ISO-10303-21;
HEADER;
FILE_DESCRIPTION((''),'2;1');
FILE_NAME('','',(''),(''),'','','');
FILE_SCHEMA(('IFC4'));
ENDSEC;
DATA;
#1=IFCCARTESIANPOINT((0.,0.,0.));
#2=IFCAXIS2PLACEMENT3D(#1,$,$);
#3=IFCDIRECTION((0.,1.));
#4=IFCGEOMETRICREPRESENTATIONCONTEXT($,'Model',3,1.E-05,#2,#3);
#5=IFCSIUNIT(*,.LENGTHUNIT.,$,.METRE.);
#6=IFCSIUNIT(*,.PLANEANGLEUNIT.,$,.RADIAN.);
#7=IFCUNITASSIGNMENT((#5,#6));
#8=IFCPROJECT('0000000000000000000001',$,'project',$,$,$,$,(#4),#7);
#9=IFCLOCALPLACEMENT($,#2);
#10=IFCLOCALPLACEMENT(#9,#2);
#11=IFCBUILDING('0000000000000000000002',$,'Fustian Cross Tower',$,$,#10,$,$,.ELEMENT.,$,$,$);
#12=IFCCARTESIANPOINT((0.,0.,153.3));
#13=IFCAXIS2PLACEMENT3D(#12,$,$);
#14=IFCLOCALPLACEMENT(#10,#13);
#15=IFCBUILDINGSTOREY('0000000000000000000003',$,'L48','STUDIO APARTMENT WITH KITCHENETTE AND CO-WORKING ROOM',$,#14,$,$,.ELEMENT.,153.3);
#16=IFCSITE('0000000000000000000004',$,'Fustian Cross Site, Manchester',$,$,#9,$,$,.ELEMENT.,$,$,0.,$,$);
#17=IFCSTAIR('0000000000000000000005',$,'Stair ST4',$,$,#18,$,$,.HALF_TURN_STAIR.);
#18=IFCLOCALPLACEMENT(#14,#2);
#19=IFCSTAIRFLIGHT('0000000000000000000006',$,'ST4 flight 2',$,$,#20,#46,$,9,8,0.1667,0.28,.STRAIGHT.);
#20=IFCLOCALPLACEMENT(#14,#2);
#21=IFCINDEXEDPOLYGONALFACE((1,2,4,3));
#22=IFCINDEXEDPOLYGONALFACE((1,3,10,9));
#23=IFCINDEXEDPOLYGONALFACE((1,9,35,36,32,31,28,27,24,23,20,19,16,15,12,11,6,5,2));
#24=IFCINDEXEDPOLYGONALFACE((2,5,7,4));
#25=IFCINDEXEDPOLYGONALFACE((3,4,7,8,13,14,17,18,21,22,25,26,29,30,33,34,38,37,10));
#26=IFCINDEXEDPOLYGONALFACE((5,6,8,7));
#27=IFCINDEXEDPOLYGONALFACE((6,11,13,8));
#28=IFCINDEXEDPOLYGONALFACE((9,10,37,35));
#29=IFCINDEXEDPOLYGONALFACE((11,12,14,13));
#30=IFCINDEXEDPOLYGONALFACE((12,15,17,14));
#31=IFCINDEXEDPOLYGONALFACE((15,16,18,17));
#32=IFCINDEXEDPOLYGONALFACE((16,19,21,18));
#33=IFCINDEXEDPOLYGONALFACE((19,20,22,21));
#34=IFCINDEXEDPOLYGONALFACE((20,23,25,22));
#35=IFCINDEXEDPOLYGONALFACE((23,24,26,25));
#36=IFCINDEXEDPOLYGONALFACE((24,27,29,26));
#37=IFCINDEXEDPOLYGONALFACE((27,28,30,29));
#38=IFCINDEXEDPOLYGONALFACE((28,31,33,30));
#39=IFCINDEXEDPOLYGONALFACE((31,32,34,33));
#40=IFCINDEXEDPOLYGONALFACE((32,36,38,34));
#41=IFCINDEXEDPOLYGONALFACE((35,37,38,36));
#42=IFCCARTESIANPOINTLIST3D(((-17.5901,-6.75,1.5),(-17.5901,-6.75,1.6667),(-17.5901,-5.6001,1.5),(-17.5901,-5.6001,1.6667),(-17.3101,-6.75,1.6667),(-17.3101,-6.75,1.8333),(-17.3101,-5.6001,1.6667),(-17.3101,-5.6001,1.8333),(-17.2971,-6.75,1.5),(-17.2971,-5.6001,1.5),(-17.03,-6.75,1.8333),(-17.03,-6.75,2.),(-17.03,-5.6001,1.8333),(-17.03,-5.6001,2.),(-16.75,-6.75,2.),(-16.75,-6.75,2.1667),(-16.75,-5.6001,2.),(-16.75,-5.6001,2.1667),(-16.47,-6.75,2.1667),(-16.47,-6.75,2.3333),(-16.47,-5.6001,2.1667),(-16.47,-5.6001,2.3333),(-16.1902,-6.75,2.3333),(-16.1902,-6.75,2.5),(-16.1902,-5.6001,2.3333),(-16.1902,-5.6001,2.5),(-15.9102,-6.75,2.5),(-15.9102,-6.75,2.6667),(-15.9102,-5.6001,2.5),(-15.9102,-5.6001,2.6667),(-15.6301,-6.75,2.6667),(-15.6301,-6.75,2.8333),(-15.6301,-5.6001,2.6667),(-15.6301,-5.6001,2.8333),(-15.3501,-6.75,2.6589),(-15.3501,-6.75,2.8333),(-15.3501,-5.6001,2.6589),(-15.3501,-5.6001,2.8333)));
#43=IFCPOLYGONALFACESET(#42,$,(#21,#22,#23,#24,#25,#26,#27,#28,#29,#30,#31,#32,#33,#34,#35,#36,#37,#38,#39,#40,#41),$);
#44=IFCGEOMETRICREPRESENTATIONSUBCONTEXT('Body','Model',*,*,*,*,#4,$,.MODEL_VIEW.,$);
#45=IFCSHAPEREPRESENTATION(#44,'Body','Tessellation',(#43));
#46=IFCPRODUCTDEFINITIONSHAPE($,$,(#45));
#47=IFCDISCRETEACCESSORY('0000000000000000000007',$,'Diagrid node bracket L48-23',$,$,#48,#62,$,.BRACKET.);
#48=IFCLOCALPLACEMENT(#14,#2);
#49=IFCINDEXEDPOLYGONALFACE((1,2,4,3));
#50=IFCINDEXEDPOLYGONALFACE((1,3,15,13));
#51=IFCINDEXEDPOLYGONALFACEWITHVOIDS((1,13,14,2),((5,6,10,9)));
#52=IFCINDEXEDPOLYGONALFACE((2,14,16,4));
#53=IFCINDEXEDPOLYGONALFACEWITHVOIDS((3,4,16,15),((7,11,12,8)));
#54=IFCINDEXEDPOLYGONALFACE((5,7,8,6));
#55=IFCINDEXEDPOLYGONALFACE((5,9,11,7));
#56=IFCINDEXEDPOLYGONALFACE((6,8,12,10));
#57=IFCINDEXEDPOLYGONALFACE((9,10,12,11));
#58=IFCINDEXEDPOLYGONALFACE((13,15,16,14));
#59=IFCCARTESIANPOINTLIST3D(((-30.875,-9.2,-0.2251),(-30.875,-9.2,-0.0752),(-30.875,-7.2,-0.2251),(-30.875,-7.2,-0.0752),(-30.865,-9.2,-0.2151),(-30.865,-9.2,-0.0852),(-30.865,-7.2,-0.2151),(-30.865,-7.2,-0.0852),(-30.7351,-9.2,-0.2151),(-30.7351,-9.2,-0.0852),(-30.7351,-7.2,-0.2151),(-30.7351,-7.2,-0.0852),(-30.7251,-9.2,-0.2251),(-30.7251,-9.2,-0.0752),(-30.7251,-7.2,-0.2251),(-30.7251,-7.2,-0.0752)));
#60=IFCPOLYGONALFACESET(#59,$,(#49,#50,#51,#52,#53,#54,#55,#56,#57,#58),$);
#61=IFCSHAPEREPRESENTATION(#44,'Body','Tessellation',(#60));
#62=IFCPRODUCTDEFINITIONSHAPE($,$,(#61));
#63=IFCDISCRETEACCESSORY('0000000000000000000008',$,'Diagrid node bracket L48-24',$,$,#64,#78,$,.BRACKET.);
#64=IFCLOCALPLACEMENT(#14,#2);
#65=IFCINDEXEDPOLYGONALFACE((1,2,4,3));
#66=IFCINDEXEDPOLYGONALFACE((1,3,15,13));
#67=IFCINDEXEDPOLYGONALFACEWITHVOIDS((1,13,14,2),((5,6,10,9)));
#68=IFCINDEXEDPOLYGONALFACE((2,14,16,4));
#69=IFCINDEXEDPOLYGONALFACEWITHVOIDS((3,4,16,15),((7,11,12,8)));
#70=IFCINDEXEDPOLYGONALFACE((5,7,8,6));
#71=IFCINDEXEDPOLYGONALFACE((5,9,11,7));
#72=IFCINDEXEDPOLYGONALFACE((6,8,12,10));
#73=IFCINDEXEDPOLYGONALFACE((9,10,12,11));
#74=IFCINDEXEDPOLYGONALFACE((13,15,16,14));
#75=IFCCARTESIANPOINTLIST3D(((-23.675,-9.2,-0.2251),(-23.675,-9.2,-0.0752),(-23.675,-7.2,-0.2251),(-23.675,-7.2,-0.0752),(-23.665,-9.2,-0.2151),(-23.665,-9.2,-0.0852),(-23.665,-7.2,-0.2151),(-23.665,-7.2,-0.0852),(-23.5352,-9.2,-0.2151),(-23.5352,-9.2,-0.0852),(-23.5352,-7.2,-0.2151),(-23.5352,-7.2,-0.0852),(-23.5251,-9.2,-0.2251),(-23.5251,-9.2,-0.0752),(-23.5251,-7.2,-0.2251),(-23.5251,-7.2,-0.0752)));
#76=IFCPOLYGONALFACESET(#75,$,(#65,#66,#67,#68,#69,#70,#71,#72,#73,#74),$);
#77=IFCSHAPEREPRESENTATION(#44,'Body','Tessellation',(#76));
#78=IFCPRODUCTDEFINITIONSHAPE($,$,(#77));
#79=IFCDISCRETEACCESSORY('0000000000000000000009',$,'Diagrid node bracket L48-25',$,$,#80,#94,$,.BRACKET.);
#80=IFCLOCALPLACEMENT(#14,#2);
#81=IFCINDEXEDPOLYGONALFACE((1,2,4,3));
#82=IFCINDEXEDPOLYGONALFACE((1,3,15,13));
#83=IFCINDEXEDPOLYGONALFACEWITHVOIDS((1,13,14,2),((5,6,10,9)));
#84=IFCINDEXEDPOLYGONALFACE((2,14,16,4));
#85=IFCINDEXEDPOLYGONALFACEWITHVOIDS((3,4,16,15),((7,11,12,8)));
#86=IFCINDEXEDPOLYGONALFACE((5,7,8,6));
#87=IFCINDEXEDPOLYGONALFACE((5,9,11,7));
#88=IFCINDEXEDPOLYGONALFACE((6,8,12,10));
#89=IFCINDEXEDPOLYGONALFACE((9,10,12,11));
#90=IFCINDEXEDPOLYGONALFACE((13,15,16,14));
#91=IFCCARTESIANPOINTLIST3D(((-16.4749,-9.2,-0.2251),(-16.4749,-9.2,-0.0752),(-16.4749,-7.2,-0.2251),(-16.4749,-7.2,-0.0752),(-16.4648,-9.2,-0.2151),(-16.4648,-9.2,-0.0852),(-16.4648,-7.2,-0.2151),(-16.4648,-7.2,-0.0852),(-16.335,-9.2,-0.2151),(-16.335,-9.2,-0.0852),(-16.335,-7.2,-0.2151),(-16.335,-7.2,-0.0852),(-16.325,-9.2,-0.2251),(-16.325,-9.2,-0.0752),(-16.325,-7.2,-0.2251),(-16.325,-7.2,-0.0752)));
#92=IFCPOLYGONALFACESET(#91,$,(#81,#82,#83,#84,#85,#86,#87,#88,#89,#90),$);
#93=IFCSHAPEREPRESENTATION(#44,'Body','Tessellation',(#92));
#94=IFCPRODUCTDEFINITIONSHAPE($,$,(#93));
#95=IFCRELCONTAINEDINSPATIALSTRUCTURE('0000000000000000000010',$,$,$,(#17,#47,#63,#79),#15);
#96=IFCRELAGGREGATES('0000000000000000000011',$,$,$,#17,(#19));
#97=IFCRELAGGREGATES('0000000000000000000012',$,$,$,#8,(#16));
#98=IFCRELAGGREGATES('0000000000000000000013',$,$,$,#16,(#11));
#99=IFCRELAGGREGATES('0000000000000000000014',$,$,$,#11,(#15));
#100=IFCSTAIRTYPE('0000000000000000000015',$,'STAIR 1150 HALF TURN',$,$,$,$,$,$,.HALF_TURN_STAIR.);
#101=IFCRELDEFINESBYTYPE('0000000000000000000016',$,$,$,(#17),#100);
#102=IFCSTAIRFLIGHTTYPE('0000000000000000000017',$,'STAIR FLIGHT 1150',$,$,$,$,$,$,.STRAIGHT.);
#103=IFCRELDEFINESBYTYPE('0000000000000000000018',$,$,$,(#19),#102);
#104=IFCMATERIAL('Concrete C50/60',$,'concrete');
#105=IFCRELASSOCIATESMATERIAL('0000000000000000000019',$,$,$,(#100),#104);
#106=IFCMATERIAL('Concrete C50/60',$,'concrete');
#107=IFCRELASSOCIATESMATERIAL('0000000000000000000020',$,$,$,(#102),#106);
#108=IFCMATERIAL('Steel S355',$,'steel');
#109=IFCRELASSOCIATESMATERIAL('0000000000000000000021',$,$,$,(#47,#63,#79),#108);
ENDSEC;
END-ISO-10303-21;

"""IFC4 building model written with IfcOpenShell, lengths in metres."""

from ifc_helpers import new_model, si_unit, direction, frame, origin, origin_2d, place, context, subcontext, project, spatial, polyline, hollow_rectangle, outline, extrude, material, type_object, element, aggregate, save


model = new_model("IFC4")

# Units and contexts
model_context = context("Model", 3, precision=1e-05, world=origin(), true_north=direction((0.0, 1.0)))
body_context = subcontext(model_context, "Body", "Model", "MODEL_VIEW")
ifc_project = project(units=[si_unit("LENGTHUNIT", "METRE"), si_unit("PLANEANGLEUNIT", "RADIAN")], contexts=[model_context])

# Site, building, storey
site_placement = place(None, origin())
site = spatial("IfcSite", under=ifc_project, at=site_placement, Name="Fustian Cross Site, Manchester", CompositionType="ELEMENT", RefElevation=0.0)
building_placement = place(site_placement, origin())
building = spatial("IfcBuilding", under=site, at=building_placement, Name="Fustian Cross Tower", CompositionType="ELEMENT")
storey_placement = place(building_placement, frame((0.0, 0.0, 153.3)))
storey = spatial("IfcBuildingStorey", under=building, at=storey_placement, Name="L48", Description="STUDIO APARTMENT WITH KITCHENETTE AND CO-WORKING ROOM", CompositionType="ELEMENT", Elevation=153.3)

# Stair, stair flight
ifc_material_1 = material(Name="Concrete C50/60", Category="concrete")
stair_type = type_object("IfcStairType", Name="STAIR 1150 HALF TURN", PredefinedType="HALF_TURN_STAIR", material=ifc_material_1)
stair_placement = place(storey_placement, origin())
stair = element("IfcStair", 1, at=stair_placement, inside=storey, type_object=stair_type, Name="Stair ST4", PredefinedType="HALF_TURN_STAIR")
ifc_material_2 = material(Name="Concrete C50/60", Category="concrete")
stair_flight_type = type_object("IfcStairFlightType", Name="STAIR FLIGHT 1150", PredefinedType="STRAIGHT", material=ifc_material_2)
stair_flight_1_placement = place(storey_placement, frame((-17.5901, -6.175, 1.5), z_axis=(0.0, 0.0, 1.0), x_axis=(1.0, 0.0, 0.0)))
stair_flight_1 = element("IfcStairFlight", 2, at=stair_flight_1_placement, type_object=stair_flight_type, Name="ST4 flight 2", NumberOfRisers=9, NumberOfTreads=8, PredefinedType="STRAIGHT", RiserHeight=0.1667, TreadLength=0.28, context=body_context, shape_type="SweptSolid", body=[
    extrude(outline(polyline([(0.0, 0.0), (0.0, 0.1667), (0.28, 0.1667), (0.28, 0.3333), (0.5601, 0.3333), (0.5601, 0.5), (0.8401, 0.5), (0.8401, 0.6667), (1.1201, 0.6667), (1.1201, 0.8333), (1.3999, 0.8333), (1.3999, 1.0), (1.6799, 1.0), (1.6799, 1.1667), (1.96, 1.1667), (1.96, 1.3333), (2.24, 1.3333), (2.24, 1.5), (2.24, 1.1589), (0.293, 0.0), (0.0, 0.0)])), frame((0.0, 0.575, 0.0), z_axis=(0.0, -1.0, 0.0), x_axis=(1.0, 0.0, 0.0)), (0.0, 0.0, 1.0), 1.1499),
])
aggregate(stair, [stair_flight_1])

# Discrete accessories
ifc_material_3 = material(Name="Steel S355", Category="steel")
for number, where, z_axis, x_axis, name in (
    (3, (-30.8, -9.2, -0.1501), (0.0, 1.0, 0.0), (-1.0, 0.0, 0.0), "Diagrid node bracket L48-23"),
    (4, (-23.6001, -9.2, -0.1501), (0.0, 1.0, 0.0), (-1.0, 0.0, 0.0), "Diagrid node bracket L48-24"),
    (5, (-16.3999, -9.2, -0.1501), (0.0, 1.0, 0.0), (-1.0, 0.0, 0.0), "Diagrid node bracket L48-25"),
):
    element("IfcDiscreteAccessory", number, at=place(storey_placement, frame(where, z_axis=z_axis, x_axis=x_axis)), inside=storey, material=ifc_material_3, Name=name, PredefinedType="BRACKET", context=body_context, shape_type="SweptSolid", body=[
        extrude(hollow_rectangle(XDim=0.1499, YDim=0.1499, WallThickness=0.01, at=origin_2d()), origin(), (0.0, 0.0, 1.0), 2.0),
    ])

save(model, "model.ifc")
